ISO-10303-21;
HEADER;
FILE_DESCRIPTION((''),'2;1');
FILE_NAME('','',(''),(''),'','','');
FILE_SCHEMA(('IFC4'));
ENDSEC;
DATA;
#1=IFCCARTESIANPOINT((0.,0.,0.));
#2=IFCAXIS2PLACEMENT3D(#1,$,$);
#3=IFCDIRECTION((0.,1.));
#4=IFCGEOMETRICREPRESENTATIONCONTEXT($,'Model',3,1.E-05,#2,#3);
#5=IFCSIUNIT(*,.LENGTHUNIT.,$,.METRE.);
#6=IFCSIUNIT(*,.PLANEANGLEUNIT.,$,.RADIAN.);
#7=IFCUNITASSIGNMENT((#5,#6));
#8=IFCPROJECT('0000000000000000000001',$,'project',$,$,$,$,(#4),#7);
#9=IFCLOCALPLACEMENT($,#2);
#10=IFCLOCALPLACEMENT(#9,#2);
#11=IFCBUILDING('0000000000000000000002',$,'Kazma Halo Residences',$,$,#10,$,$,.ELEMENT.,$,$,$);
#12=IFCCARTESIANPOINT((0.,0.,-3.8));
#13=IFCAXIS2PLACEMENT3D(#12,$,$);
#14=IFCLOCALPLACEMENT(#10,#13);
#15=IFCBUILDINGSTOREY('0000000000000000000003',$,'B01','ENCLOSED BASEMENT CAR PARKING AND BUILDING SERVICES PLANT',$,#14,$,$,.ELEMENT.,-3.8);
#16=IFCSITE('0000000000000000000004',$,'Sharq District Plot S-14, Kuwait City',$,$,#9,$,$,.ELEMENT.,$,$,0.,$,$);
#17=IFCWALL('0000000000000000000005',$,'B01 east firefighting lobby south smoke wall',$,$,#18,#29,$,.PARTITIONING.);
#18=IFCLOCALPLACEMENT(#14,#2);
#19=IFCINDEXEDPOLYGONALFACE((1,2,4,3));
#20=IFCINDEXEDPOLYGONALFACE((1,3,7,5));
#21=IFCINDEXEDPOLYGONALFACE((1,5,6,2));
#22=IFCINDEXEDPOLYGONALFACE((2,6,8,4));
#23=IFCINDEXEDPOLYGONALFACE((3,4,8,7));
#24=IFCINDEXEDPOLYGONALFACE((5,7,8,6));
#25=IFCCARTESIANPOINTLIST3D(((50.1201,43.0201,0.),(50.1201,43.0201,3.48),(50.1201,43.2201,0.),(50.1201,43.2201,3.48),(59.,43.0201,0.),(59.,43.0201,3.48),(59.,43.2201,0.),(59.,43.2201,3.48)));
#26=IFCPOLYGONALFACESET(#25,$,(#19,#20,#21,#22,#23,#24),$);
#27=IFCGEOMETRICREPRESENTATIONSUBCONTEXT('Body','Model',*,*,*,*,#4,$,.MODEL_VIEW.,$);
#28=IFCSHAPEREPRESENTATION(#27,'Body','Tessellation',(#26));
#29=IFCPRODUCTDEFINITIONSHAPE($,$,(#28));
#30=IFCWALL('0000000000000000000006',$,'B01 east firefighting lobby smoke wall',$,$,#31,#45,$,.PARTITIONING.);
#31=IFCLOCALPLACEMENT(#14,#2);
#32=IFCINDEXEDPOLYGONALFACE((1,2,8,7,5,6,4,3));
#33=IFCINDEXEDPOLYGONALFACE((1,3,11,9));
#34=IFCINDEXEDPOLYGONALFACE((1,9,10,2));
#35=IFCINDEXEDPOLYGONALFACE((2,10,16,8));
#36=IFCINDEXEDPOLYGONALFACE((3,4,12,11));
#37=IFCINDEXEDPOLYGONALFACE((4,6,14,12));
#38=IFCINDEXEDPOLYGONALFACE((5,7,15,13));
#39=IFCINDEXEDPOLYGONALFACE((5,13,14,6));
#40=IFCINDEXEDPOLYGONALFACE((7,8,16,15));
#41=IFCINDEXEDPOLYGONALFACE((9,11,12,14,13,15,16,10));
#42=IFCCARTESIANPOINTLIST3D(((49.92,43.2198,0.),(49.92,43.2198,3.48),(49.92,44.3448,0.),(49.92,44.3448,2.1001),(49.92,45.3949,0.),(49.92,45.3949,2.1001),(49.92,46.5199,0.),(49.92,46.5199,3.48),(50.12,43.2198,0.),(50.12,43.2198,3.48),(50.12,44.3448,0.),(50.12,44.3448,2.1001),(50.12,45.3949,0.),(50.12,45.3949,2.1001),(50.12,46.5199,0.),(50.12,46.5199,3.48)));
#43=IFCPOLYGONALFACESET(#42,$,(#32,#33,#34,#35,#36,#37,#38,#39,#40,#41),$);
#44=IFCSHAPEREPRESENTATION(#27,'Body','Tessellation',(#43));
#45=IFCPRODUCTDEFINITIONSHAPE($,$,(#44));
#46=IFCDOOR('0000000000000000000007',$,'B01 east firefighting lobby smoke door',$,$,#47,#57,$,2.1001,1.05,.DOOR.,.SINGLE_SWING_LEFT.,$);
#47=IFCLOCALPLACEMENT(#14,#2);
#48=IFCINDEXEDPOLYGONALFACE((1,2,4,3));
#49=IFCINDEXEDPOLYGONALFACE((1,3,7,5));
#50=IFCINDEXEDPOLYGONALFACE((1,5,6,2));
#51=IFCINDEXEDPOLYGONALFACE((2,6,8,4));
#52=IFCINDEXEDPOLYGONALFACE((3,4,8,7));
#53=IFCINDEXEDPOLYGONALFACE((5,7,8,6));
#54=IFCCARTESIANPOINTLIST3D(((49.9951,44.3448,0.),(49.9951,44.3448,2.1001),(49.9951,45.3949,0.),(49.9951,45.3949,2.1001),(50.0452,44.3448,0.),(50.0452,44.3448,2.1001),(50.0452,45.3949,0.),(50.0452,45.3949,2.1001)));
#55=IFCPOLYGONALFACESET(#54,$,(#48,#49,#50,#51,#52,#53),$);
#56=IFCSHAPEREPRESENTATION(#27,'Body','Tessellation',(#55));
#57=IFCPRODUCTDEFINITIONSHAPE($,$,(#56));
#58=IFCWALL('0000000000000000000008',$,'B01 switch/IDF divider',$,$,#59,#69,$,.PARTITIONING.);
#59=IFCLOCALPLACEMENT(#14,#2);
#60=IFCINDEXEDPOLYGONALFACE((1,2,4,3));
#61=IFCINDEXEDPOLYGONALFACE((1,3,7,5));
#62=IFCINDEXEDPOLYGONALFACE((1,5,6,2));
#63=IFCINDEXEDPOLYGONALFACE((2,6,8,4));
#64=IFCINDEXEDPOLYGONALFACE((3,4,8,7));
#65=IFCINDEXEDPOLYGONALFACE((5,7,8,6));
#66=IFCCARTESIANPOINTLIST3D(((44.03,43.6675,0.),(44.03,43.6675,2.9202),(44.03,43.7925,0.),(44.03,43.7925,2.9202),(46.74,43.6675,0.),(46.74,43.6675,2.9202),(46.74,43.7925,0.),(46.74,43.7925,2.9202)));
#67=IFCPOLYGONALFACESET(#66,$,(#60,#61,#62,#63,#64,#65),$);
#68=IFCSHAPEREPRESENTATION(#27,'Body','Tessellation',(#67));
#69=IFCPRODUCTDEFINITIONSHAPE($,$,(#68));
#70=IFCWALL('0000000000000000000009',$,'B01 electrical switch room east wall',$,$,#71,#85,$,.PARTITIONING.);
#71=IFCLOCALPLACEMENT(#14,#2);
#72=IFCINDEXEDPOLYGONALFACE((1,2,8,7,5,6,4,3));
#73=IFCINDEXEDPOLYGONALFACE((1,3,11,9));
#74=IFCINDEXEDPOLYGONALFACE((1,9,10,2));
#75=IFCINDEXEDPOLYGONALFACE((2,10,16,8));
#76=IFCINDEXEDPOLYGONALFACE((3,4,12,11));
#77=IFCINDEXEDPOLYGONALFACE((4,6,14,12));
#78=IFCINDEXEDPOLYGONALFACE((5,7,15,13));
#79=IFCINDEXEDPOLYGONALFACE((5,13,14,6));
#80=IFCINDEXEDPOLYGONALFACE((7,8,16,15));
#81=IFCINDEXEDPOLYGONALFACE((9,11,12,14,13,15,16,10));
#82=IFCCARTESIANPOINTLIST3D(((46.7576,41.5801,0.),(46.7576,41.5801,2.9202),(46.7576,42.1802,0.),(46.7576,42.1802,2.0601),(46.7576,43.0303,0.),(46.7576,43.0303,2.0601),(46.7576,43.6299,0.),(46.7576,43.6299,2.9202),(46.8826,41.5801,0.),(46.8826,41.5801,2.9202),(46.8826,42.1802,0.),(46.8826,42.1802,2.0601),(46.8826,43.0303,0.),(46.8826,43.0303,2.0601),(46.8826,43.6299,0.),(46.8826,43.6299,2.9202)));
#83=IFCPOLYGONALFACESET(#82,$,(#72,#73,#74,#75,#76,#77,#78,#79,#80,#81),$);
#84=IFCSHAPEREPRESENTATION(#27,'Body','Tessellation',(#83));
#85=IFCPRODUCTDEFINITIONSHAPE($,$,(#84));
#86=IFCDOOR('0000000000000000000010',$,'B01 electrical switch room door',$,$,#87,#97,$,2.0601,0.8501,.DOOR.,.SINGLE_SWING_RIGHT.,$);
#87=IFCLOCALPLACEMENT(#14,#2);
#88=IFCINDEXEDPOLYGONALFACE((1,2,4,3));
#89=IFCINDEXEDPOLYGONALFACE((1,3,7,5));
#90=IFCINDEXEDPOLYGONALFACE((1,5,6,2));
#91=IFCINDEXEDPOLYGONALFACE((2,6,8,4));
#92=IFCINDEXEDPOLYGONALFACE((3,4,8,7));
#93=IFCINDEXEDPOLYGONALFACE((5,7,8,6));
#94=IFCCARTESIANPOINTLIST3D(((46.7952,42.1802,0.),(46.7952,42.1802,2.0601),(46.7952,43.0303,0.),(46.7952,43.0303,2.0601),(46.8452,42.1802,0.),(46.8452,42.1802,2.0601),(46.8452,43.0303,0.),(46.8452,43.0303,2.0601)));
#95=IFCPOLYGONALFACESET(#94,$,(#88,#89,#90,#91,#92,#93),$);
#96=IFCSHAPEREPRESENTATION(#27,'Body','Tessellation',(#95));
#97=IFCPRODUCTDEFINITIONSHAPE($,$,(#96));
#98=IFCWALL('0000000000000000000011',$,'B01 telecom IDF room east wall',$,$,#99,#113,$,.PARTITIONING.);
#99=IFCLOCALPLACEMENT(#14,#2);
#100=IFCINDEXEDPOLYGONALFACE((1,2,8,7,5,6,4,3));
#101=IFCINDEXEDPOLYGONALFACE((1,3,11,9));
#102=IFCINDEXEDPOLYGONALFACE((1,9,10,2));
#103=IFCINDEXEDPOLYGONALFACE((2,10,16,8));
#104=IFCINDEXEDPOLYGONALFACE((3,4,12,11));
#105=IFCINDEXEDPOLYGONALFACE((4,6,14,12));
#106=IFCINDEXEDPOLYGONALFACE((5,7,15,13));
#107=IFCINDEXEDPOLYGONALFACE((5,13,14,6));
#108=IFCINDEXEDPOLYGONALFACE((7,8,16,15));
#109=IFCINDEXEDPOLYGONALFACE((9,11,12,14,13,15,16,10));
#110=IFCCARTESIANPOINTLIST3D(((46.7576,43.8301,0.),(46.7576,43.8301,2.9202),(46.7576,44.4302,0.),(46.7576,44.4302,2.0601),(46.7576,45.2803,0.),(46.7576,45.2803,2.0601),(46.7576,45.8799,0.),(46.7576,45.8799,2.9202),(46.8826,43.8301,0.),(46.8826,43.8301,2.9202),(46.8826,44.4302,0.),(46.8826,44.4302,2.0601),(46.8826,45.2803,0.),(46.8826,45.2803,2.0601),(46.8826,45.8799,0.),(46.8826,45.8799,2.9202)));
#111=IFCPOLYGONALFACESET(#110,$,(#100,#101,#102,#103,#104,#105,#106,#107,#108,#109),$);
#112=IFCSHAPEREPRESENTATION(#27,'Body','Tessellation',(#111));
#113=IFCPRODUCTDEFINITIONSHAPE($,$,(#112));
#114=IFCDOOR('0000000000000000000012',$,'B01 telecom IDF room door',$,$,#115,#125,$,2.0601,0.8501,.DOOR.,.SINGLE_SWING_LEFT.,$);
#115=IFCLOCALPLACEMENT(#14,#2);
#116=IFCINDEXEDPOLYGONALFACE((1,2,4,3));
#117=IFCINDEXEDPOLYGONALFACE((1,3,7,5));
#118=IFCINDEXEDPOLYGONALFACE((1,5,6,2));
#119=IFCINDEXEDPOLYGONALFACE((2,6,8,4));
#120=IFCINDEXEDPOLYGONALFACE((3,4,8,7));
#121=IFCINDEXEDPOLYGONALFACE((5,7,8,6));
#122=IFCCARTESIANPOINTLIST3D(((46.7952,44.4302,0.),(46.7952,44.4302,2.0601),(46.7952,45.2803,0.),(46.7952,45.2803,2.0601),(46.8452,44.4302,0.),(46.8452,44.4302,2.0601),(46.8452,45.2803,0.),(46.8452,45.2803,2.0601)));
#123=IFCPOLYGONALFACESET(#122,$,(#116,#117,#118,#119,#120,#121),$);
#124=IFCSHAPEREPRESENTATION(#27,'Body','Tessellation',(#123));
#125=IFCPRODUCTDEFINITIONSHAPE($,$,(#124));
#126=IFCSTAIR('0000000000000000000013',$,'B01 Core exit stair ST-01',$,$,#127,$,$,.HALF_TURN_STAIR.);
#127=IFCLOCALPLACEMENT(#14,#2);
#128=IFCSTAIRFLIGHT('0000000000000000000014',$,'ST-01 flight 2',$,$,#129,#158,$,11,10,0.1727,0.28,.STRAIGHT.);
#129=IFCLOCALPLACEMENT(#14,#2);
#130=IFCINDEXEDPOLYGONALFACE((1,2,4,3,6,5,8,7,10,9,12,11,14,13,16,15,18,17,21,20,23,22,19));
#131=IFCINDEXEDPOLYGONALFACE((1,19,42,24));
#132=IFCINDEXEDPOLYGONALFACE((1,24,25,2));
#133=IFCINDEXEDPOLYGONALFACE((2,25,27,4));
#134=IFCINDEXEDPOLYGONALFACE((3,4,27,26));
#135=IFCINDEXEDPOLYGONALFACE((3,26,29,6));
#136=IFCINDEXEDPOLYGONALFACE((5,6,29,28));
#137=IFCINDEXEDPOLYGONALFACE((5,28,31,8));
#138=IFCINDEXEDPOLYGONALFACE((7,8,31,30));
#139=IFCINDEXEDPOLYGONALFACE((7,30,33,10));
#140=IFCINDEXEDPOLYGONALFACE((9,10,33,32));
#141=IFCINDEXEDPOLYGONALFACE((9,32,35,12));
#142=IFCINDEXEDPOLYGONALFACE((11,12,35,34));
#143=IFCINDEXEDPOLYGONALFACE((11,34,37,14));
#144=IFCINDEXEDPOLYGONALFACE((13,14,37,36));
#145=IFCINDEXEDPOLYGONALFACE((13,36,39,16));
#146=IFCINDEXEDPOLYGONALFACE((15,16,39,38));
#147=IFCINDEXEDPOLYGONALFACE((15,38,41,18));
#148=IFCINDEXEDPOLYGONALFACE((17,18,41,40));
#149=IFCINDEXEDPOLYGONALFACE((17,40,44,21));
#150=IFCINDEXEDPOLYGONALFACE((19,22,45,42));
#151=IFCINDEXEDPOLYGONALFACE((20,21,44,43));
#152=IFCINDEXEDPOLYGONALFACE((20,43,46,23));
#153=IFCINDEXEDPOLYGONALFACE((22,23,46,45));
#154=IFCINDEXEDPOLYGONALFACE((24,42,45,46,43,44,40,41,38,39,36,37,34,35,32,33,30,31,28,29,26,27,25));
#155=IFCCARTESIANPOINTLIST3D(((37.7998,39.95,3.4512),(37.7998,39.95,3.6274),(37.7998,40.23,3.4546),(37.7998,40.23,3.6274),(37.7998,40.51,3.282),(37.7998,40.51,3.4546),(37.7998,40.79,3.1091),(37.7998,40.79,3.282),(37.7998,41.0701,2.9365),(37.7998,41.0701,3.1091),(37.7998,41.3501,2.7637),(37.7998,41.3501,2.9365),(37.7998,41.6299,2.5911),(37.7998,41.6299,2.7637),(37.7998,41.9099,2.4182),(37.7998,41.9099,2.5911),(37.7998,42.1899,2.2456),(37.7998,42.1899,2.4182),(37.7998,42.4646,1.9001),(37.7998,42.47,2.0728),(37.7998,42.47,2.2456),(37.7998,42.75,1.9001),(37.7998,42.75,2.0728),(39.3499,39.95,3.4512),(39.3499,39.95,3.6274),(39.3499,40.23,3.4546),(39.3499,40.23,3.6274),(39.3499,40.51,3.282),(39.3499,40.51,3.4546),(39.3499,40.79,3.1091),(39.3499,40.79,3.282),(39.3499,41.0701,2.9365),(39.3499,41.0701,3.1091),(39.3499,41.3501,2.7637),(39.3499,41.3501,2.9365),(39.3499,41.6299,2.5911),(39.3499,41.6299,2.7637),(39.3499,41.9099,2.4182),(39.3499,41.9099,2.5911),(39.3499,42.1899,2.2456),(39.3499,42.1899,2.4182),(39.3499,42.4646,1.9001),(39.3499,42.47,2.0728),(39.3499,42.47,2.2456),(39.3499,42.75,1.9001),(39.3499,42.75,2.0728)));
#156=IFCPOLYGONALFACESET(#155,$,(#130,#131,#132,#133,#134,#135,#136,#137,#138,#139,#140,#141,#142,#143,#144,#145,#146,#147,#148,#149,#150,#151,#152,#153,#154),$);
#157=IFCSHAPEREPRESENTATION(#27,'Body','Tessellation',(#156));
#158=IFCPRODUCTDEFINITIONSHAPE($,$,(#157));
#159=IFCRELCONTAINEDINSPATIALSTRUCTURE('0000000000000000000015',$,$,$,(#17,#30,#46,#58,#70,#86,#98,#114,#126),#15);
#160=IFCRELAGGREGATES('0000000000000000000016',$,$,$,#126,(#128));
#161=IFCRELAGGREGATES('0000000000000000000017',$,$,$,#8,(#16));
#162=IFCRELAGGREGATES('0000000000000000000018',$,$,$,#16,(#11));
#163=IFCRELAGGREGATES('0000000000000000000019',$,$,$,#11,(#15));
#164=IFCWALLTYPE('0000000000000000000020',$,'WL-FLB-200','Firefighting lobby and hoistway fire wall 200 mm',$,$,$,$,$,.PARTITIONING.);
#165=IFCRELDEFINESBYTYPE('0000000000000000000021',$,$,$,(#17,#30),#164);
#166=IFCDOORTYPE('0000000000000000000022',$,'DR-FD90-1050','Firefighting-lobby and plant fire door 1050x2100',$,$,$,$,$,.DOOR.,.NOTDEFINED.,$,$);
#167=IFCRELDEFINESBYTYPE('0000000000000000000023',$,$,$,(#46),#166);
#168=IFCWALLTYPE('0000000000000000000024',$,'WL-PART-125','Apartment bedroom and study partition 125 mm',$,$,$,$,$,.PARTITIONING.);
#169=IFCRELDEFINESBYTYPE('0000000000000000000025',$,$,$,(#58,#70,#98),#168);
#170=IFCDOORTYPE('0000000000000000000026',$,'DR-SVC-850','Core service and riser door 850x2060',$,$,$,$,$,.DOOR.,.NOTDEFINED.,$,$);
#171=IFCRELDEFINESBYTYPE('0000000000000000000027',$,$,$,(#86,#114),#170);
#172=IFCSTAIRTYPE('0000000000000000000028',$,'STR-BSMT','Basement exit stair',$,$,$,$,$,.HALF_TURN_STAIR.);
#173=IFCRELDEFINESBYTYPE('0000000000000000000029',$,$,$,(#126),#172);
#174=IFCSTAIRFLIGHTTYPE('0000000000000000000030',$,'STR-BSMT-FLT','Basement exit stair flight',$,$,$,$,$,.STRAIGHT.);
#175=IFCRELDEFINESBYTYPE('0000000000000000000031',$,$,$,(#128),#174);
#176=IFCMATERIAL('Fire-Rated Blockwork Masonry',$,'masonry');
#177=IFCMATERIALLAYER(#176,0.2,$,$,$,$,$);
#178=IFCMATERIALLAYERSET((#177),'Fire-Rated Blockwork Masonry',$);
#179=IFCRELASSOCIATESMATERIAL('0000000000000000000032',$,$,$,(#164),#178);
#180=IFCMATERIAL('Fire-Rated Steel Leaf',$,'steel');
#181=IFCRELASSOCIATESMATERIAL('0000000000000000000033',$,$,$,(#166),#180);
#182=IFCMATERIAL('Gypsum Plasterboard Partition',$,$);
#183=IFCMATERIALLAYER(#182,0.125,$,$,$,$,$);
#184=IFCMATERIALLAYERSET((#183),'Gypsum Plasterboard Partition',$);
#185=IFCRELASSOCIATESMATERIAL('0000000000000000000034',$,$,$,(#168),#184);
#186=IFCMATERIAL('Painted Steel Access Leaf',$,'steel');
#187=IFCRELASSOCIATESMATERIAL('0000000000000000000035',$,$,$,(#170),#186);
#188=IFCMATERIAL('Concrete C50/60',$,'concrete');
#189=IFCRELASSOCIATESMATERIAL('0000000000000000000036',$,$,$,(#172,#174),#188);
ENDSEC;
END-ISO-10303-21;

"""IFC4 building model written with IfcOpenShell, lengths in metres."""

from ifc_helpers import new_model, si_unit, direction, frame, frame_2d, origin, place, context, subcontext, project, spatial, polyline, rectangle, outline, extrude, material, layer, layer_set, type_object, element, fill, aggregate, save


model = new_model("IFC4")

# Units and contexts
model_context = context("Model", 3, precision=1e-05, world=origin(), true_north=direction((0.0, 1.0)))
body_context = subcontext(model_context, "Body", "Model", "MODEL_VIEW")
ifc_project = project(units=[si_unit("LENGTHUNIT", "METRE"), si_unit("PLANEANGLEUNIT", "RADIAN")], contexts=[model_context])

# Site, building, storey
site_placement = place(None, origin())
site = spatial("IfcSite", under=ifc_project, at=site_placement, Name="Sharq District Plot S-14, Kuwait City", CompositionType="ELEMENT", RefElevation=0.0)
building_placement = place(site_placement, origin())
building = spatial("IfcBuilding", under=site, at=building_placement, Name="Kazma Halo Residences", CompositionType="ELEMENT")
storey_placement = place(building_placement, frame((0.0, 0.0, -3.8)))
storey = spatial("IfcBuildingStorey", under=building, at=storey_placement, Name="B01", Description="ENCLOSED BASEMENT CAR PARKING AND BUILDING SERVICES PLANT", CompositionType="ELEMENT", Elevation=-3.8)

# Shared definitions
ifc_material_1 = material(Name="Fire-Rated Blockwork Masonry", Category="masonry")
ifc_layer_1 = layer(ifc_material_1, 0.2)
ifc_layer_set_1 = layer_set([ifc_layer_1], Name="Fire-Rated Blockwork Masonry")
wall_type_1 = type_object("IfcWallType", Name="WL-FLB-200", Description="Firefighting lobby and hoistway fire wall 200 mm", PredefinedType="PARTITIONING", material=ifc_layer_set_1)

# Wall
wall_1_placement = place(storey_placement, frame((50.1201, 43.1201, 0.0), z_axis=(0.0, 0.0, 1.0), x_axis=(1.0, 0.0, 0.0)))
element("IfcWall", 1, at=wall_1_placement, inside=storey, type_object=wall_type_1, Name="B01 east firefighting lobby south smoke wall", PredefinedType="PARTITIONING", context=body_context, shape_type="SweptSolid", body=[
    extrude(rectangle(XDim=8.8799, YDim=0.2, at=frame_2d((4.4399, 0.0))), origin(), (0.0, 0.0, 1.0), 3.48),
])

# Wall, opening, door
wall_2_placement = place(storey_placement, frame((50.02, 43.22, 0.0), z_axis=(0.0, 0.0, 1.0), x_axis=(0.0, 1.0, 0.0)))
wall_2 = element("IfcWall", 2, at=wall_2_placement, inside=storey, type_object=wall_type_1, Name="B01 east firefighting lobby smoke wall", PredefinedType="PARTITIONING", context=body_context, shape_type="SweptSolid", body=[
    extrude(rectangle(XDim=3.3, YDim=0.2, at=frame_2d((1.6499, 0.0))), origin(), (0.0, 0.0, 1.0), 3.48),
])
opening_1_placement = place(wall_2_placement, frame((1.125, 0.0, 0.0)))
opening_1 = element("IfcOpeningElement", 3, at=opening_1_placement, cuts=wall_2, PredefinedType="OPENING", context=body_context, shape_type="SweptSolid", body=[
    extrude(rectangle(XDim=1.05, YDim=2.1001, at=frame_2d((0.5249, 1.05))), frame((0.0, 0.1099, 0.0), z_axis=(0.0, -1.0, 0.0), x_axis=(1.0, 0.0, 0.0)), (0.0, 0.0, 1.0), 0.22),
])
ifc_material_2 = material(Name="Fire-Rated Steel Leaf", Category="steel")
door_type_1 = type_object("IfcDoorType", Name="DR-FD90-1050", Description="Firefighting-lobby and plant fire door 1050x2100", OperationType="NOTDEFINED", PredefinedType="DOOR", material=ifc_material_2)
door_1_placement = place(opening_1_placement, origin())
door_1 = element("IfcDoor", 4, at=door_1_placement, inside=storey, type_object=door_type_1, Name="B01 east firefighting lobby smoke door", OperationType="SINGLE_SWING_LEFT", OverallHeight=2.1001, OverallWidth=1.05, PredefinedType="DOOR", context=body_context, shape_type="SweptSolid", body=[
    extrude(rectangle(XDim=1.05, YDim=2.1001, at=frame_2d((0.5249, 1.05))), frame((0.0, 0.0249, 0.0), z_axis=(0.0, -1.0, 0.0), x_axis=(1.0, 0.0, 0.0)), (0.0, 0.0, 1.0), 0.05),
])
fill(opening_1, door_1)

# Wall
ifc_material_3 = material(Name="Gypsum Plasterboard Partition")
ifc_layer_2 = layer(ifc_material_3, 0.125)
ifc_layer_set_2 = layer_set([ifc_layer_2], Name="Gypsum Plasterboard Partition")
wall_type_2 = type_object("IfcWallType", Name="WL-PART-125", Description="Apartment bedroom and study partition 125 mm", PredefinedType="PARTITIONING", material=ifc_layer_set_2)
wall_3_placement = place(storey_placement, frame((44.03, 43.73, 0.0), z_axis=(0.0, 0.0, 1.0), x_axis=(1.0, 0.0, 0.0)))
element("IfcWall", 5, at=wall_3_placement, inside=storey, type_object=wall_type_2, Name="B01 switch/IDF divider", PredefinedType="PARTITIONING", context=body_context, shape_type="SweptSolid", body=[
    extrude(rectangle(XDim=2.71, YDim=0.125, at=frame_2d((1.355, 0.0))), origin(), (0.0, 0.0, 1.0), 2.9202),
])

# Walls, openings, doors
wall_4_placement = place(storey_placement, frame((46.8201, 41.5801, 0.0), z_axis=(0.0, 0.0, 1.0), x_axis=(0.0, 1.0, 0.0)))
wall_4 = element("IfcWall", 6, at=wall_4_placement, inside=storey, type_object=wall_type_2, Name="B01 electrical switch room east wall", PredefinedType="PARTITIONING", context=body_context, shape_type="SweptSolid", body=[
    extrude(rectangle(XDim=2.0498, YDim=0.125, at=frame_2d((1.0249, 0.0))), origin(), (0.0, 0.0, 1.0), 2.9202),
])
opening_2_placement = place(wall_4_placement, frame((0.6001, 0.0, 0.0)))
opening_2 = element("IfcOpeningElement", 7, at=opening_2_placement, cuts=wall_4, PredefinedType="OPENING", context=body_context, shape_type="SweptSolid", body=[
    extrude(rectangle(XDim=0.8501, YDim=2.0601, at=frame_2d((0.425, 1.03))), frame((0.0, 0.0725, 0.0), z_axis=(0.0, -1.0, 0.0), x_axis=(1.0, 0.0, 0.0)), (0.0, 0.0, 1.0), 0.145),
])
ifc_material_4 = material(Name="Painted Steel Access Leaf", Category="steel")
door_type_2 = type_object("IfcDoorType", Name="DR-SVC-850", Description="Core service and riser door 850x2060", OperationType="NOTDEFINED", PredefinedType="DOOR", material=ifc_material_4)
door_2_placement = place(opening_2_placement, origin())
door_2 = element("IfcDoor", 8, at=door_2_placement, inside=storey, type_object=door_type_2, Name="B01 electrical switch room door", OperationType="SINGLE_SWING_RIGHT", OverallHeight=2.0601, OverallWidth=0.8501, PredefinedType="DOOR", context=body_context, shape_type="SweptSolid", body=[
    extrude(rectangle(XDim=0.8501, YDim=2.0601, at=frame_2d((0.425, 1.03))), frame((0.0, 0.0249, 0.0), z_axis=(0.0, -1.0, 0.0), x_axis=(1.0, 0.0, 0.0)), (0.0, 0.0, 1.0), 0.05),
])
fill(opening_2, door_2)
wall_5_placement = place(storey_placement, frame((46.8201, 43.8301, 0.0), z_axis=(0.0, 0.0, 1.0), x_axis=(0.0, 1.0, 0.0)))
wall_5 = element("IfcWall", 9, at=wall_5_placement, inside=storey, type_object=wall_type_2, Name="B01 telecom IDF room east wall", PredefinedType="PARTITIONING", context=body_context, shape_type="SweptSolid", body=[
    extrude(rectangle(XDim=2.0498, YDim=0.125, at=frame_2d((1.0249, 0.0))), origin(), (0.0, 0.0, 1.0), 2.9202),
])
opening_3_placement = place(wall_5_placement, frame((0.6001, 0.0, 0.0)))
opening_3 = element("IfcOpeningElement", 10, at=opening_3_placement, cuts=wall_5, PredefinedType="OPENING", context=body_context, shape_type="SweptSolid", body=[
    extrude(rectangle(XDim=0.8501, YDim=2.0601, at=frame_2d((0.425, 1.03))), frame((0.0, 0.0725, 0.0), z_axis=(0.0, -1.0, 0.0), x_axis=(1.0, 0.0, 0.0)), (0.0, 0.0, 1.0), 0.145),
])
door_3_placement = place(opening_3_placement, origin())
door_3 = element("IfcDoor", 11, at=door_3_placement, inside=storey, type_object=door_type_2, Name="B01 telecom IDF room door", OperationType="SINGLE_SWING_LEFT", OverallHeight=2.0601, OverallWidth=0.8501, PredefinedType="DOOR", context=body_context, shape_type="SweptSolid", body=[
    extrude(rectangle(XDim=0.8501, YDim=2.0601, at=frame_2d((0.425, 1.03))), frame((0.0, 0.0249, 0.0), z_axis=(0.0, -1.0, 0.0), x_axis=(1.0, 0.0, 0.0)), (0.0, 0.0, 1.0), 0.05),
])
fill(opening_3, door_3)

# Stair, stair flight
ifc_material_5 = material(Name="Concrete C50/60", Category="concrete")
stair_type = type_object("IfcStairType", Name="STR-BSMT", Description="Basement exit stair", PredefinedType="HALF_TURN_STAIR", material=ifc_material_5)
stair_placement = place(storey_placement, origin())
stair = element("IfcStair", 12, at=stair_placement, inside=storey, type_object=stair_type, Name="B01 Core exit stair ST-01", PredefinedType="HALF_TURN_STAIR")
stair_flight_type = type_object("IfcStairFlightType", Name="STR-BSMT-FLT", Description="Basement exit stair flight", PredefinedType="STRAIGHT", material=ifc_material_5)
stair_flight_placement = place(storey_placement, frame((38.575, 42.75, 1.9001), z_axis=(0.0, 0.0, 1.0), x_axis=(0.0, -1.0, 0.0)))
stair_flight = element("IfcStairFlight", 13, at=stair_flight_placement, type_object=stair_flight_type, Name="ST-01 flight 2", NumberOfRisers=11, NumberOfTreads=10, PredefinedType="STRAIGHT", RiserHeight=0.1727, TreadLength=0.28, context=body_context, shape_type="SweptSolid", body=[
    extrude(outline(polyline([(0.0, 0.0), (0.0, 0.1726), (0.28, 0.1726), (0.28, 0.3455), (0.5601, 0.3455), (0.5601, 0.5181), (0.8401, 0.5181), (0.8401, 0.6909), (1.1201, 0.6909), (1.1201, 0.8635), (1.3999, 0.8635), (1.3999, 1.0364), (1.6799, 1.0364), (1.6799, 1.209), (1.96, 1.209), (1.96, 1.3818), (2.24, 1.3818), (2.24, 1.5544), (2.52, 1.5544), (2.52, 1.7273), (2.8, 1.7273), (2.8, 1.8999), (2.8, 1.551), (0.2854, 0.0), (0.0, 0.0)])), frame((0.0, 0.7749, 0.0), z_axis=(0.0, -1.0, 0.0), x_axis=(1.0, 0.0, 0.0)), (0.0, 0.0, 1.0), 1.55),
])
aggregate(stair, [stair_flight])

save(model, "model.ifc")
